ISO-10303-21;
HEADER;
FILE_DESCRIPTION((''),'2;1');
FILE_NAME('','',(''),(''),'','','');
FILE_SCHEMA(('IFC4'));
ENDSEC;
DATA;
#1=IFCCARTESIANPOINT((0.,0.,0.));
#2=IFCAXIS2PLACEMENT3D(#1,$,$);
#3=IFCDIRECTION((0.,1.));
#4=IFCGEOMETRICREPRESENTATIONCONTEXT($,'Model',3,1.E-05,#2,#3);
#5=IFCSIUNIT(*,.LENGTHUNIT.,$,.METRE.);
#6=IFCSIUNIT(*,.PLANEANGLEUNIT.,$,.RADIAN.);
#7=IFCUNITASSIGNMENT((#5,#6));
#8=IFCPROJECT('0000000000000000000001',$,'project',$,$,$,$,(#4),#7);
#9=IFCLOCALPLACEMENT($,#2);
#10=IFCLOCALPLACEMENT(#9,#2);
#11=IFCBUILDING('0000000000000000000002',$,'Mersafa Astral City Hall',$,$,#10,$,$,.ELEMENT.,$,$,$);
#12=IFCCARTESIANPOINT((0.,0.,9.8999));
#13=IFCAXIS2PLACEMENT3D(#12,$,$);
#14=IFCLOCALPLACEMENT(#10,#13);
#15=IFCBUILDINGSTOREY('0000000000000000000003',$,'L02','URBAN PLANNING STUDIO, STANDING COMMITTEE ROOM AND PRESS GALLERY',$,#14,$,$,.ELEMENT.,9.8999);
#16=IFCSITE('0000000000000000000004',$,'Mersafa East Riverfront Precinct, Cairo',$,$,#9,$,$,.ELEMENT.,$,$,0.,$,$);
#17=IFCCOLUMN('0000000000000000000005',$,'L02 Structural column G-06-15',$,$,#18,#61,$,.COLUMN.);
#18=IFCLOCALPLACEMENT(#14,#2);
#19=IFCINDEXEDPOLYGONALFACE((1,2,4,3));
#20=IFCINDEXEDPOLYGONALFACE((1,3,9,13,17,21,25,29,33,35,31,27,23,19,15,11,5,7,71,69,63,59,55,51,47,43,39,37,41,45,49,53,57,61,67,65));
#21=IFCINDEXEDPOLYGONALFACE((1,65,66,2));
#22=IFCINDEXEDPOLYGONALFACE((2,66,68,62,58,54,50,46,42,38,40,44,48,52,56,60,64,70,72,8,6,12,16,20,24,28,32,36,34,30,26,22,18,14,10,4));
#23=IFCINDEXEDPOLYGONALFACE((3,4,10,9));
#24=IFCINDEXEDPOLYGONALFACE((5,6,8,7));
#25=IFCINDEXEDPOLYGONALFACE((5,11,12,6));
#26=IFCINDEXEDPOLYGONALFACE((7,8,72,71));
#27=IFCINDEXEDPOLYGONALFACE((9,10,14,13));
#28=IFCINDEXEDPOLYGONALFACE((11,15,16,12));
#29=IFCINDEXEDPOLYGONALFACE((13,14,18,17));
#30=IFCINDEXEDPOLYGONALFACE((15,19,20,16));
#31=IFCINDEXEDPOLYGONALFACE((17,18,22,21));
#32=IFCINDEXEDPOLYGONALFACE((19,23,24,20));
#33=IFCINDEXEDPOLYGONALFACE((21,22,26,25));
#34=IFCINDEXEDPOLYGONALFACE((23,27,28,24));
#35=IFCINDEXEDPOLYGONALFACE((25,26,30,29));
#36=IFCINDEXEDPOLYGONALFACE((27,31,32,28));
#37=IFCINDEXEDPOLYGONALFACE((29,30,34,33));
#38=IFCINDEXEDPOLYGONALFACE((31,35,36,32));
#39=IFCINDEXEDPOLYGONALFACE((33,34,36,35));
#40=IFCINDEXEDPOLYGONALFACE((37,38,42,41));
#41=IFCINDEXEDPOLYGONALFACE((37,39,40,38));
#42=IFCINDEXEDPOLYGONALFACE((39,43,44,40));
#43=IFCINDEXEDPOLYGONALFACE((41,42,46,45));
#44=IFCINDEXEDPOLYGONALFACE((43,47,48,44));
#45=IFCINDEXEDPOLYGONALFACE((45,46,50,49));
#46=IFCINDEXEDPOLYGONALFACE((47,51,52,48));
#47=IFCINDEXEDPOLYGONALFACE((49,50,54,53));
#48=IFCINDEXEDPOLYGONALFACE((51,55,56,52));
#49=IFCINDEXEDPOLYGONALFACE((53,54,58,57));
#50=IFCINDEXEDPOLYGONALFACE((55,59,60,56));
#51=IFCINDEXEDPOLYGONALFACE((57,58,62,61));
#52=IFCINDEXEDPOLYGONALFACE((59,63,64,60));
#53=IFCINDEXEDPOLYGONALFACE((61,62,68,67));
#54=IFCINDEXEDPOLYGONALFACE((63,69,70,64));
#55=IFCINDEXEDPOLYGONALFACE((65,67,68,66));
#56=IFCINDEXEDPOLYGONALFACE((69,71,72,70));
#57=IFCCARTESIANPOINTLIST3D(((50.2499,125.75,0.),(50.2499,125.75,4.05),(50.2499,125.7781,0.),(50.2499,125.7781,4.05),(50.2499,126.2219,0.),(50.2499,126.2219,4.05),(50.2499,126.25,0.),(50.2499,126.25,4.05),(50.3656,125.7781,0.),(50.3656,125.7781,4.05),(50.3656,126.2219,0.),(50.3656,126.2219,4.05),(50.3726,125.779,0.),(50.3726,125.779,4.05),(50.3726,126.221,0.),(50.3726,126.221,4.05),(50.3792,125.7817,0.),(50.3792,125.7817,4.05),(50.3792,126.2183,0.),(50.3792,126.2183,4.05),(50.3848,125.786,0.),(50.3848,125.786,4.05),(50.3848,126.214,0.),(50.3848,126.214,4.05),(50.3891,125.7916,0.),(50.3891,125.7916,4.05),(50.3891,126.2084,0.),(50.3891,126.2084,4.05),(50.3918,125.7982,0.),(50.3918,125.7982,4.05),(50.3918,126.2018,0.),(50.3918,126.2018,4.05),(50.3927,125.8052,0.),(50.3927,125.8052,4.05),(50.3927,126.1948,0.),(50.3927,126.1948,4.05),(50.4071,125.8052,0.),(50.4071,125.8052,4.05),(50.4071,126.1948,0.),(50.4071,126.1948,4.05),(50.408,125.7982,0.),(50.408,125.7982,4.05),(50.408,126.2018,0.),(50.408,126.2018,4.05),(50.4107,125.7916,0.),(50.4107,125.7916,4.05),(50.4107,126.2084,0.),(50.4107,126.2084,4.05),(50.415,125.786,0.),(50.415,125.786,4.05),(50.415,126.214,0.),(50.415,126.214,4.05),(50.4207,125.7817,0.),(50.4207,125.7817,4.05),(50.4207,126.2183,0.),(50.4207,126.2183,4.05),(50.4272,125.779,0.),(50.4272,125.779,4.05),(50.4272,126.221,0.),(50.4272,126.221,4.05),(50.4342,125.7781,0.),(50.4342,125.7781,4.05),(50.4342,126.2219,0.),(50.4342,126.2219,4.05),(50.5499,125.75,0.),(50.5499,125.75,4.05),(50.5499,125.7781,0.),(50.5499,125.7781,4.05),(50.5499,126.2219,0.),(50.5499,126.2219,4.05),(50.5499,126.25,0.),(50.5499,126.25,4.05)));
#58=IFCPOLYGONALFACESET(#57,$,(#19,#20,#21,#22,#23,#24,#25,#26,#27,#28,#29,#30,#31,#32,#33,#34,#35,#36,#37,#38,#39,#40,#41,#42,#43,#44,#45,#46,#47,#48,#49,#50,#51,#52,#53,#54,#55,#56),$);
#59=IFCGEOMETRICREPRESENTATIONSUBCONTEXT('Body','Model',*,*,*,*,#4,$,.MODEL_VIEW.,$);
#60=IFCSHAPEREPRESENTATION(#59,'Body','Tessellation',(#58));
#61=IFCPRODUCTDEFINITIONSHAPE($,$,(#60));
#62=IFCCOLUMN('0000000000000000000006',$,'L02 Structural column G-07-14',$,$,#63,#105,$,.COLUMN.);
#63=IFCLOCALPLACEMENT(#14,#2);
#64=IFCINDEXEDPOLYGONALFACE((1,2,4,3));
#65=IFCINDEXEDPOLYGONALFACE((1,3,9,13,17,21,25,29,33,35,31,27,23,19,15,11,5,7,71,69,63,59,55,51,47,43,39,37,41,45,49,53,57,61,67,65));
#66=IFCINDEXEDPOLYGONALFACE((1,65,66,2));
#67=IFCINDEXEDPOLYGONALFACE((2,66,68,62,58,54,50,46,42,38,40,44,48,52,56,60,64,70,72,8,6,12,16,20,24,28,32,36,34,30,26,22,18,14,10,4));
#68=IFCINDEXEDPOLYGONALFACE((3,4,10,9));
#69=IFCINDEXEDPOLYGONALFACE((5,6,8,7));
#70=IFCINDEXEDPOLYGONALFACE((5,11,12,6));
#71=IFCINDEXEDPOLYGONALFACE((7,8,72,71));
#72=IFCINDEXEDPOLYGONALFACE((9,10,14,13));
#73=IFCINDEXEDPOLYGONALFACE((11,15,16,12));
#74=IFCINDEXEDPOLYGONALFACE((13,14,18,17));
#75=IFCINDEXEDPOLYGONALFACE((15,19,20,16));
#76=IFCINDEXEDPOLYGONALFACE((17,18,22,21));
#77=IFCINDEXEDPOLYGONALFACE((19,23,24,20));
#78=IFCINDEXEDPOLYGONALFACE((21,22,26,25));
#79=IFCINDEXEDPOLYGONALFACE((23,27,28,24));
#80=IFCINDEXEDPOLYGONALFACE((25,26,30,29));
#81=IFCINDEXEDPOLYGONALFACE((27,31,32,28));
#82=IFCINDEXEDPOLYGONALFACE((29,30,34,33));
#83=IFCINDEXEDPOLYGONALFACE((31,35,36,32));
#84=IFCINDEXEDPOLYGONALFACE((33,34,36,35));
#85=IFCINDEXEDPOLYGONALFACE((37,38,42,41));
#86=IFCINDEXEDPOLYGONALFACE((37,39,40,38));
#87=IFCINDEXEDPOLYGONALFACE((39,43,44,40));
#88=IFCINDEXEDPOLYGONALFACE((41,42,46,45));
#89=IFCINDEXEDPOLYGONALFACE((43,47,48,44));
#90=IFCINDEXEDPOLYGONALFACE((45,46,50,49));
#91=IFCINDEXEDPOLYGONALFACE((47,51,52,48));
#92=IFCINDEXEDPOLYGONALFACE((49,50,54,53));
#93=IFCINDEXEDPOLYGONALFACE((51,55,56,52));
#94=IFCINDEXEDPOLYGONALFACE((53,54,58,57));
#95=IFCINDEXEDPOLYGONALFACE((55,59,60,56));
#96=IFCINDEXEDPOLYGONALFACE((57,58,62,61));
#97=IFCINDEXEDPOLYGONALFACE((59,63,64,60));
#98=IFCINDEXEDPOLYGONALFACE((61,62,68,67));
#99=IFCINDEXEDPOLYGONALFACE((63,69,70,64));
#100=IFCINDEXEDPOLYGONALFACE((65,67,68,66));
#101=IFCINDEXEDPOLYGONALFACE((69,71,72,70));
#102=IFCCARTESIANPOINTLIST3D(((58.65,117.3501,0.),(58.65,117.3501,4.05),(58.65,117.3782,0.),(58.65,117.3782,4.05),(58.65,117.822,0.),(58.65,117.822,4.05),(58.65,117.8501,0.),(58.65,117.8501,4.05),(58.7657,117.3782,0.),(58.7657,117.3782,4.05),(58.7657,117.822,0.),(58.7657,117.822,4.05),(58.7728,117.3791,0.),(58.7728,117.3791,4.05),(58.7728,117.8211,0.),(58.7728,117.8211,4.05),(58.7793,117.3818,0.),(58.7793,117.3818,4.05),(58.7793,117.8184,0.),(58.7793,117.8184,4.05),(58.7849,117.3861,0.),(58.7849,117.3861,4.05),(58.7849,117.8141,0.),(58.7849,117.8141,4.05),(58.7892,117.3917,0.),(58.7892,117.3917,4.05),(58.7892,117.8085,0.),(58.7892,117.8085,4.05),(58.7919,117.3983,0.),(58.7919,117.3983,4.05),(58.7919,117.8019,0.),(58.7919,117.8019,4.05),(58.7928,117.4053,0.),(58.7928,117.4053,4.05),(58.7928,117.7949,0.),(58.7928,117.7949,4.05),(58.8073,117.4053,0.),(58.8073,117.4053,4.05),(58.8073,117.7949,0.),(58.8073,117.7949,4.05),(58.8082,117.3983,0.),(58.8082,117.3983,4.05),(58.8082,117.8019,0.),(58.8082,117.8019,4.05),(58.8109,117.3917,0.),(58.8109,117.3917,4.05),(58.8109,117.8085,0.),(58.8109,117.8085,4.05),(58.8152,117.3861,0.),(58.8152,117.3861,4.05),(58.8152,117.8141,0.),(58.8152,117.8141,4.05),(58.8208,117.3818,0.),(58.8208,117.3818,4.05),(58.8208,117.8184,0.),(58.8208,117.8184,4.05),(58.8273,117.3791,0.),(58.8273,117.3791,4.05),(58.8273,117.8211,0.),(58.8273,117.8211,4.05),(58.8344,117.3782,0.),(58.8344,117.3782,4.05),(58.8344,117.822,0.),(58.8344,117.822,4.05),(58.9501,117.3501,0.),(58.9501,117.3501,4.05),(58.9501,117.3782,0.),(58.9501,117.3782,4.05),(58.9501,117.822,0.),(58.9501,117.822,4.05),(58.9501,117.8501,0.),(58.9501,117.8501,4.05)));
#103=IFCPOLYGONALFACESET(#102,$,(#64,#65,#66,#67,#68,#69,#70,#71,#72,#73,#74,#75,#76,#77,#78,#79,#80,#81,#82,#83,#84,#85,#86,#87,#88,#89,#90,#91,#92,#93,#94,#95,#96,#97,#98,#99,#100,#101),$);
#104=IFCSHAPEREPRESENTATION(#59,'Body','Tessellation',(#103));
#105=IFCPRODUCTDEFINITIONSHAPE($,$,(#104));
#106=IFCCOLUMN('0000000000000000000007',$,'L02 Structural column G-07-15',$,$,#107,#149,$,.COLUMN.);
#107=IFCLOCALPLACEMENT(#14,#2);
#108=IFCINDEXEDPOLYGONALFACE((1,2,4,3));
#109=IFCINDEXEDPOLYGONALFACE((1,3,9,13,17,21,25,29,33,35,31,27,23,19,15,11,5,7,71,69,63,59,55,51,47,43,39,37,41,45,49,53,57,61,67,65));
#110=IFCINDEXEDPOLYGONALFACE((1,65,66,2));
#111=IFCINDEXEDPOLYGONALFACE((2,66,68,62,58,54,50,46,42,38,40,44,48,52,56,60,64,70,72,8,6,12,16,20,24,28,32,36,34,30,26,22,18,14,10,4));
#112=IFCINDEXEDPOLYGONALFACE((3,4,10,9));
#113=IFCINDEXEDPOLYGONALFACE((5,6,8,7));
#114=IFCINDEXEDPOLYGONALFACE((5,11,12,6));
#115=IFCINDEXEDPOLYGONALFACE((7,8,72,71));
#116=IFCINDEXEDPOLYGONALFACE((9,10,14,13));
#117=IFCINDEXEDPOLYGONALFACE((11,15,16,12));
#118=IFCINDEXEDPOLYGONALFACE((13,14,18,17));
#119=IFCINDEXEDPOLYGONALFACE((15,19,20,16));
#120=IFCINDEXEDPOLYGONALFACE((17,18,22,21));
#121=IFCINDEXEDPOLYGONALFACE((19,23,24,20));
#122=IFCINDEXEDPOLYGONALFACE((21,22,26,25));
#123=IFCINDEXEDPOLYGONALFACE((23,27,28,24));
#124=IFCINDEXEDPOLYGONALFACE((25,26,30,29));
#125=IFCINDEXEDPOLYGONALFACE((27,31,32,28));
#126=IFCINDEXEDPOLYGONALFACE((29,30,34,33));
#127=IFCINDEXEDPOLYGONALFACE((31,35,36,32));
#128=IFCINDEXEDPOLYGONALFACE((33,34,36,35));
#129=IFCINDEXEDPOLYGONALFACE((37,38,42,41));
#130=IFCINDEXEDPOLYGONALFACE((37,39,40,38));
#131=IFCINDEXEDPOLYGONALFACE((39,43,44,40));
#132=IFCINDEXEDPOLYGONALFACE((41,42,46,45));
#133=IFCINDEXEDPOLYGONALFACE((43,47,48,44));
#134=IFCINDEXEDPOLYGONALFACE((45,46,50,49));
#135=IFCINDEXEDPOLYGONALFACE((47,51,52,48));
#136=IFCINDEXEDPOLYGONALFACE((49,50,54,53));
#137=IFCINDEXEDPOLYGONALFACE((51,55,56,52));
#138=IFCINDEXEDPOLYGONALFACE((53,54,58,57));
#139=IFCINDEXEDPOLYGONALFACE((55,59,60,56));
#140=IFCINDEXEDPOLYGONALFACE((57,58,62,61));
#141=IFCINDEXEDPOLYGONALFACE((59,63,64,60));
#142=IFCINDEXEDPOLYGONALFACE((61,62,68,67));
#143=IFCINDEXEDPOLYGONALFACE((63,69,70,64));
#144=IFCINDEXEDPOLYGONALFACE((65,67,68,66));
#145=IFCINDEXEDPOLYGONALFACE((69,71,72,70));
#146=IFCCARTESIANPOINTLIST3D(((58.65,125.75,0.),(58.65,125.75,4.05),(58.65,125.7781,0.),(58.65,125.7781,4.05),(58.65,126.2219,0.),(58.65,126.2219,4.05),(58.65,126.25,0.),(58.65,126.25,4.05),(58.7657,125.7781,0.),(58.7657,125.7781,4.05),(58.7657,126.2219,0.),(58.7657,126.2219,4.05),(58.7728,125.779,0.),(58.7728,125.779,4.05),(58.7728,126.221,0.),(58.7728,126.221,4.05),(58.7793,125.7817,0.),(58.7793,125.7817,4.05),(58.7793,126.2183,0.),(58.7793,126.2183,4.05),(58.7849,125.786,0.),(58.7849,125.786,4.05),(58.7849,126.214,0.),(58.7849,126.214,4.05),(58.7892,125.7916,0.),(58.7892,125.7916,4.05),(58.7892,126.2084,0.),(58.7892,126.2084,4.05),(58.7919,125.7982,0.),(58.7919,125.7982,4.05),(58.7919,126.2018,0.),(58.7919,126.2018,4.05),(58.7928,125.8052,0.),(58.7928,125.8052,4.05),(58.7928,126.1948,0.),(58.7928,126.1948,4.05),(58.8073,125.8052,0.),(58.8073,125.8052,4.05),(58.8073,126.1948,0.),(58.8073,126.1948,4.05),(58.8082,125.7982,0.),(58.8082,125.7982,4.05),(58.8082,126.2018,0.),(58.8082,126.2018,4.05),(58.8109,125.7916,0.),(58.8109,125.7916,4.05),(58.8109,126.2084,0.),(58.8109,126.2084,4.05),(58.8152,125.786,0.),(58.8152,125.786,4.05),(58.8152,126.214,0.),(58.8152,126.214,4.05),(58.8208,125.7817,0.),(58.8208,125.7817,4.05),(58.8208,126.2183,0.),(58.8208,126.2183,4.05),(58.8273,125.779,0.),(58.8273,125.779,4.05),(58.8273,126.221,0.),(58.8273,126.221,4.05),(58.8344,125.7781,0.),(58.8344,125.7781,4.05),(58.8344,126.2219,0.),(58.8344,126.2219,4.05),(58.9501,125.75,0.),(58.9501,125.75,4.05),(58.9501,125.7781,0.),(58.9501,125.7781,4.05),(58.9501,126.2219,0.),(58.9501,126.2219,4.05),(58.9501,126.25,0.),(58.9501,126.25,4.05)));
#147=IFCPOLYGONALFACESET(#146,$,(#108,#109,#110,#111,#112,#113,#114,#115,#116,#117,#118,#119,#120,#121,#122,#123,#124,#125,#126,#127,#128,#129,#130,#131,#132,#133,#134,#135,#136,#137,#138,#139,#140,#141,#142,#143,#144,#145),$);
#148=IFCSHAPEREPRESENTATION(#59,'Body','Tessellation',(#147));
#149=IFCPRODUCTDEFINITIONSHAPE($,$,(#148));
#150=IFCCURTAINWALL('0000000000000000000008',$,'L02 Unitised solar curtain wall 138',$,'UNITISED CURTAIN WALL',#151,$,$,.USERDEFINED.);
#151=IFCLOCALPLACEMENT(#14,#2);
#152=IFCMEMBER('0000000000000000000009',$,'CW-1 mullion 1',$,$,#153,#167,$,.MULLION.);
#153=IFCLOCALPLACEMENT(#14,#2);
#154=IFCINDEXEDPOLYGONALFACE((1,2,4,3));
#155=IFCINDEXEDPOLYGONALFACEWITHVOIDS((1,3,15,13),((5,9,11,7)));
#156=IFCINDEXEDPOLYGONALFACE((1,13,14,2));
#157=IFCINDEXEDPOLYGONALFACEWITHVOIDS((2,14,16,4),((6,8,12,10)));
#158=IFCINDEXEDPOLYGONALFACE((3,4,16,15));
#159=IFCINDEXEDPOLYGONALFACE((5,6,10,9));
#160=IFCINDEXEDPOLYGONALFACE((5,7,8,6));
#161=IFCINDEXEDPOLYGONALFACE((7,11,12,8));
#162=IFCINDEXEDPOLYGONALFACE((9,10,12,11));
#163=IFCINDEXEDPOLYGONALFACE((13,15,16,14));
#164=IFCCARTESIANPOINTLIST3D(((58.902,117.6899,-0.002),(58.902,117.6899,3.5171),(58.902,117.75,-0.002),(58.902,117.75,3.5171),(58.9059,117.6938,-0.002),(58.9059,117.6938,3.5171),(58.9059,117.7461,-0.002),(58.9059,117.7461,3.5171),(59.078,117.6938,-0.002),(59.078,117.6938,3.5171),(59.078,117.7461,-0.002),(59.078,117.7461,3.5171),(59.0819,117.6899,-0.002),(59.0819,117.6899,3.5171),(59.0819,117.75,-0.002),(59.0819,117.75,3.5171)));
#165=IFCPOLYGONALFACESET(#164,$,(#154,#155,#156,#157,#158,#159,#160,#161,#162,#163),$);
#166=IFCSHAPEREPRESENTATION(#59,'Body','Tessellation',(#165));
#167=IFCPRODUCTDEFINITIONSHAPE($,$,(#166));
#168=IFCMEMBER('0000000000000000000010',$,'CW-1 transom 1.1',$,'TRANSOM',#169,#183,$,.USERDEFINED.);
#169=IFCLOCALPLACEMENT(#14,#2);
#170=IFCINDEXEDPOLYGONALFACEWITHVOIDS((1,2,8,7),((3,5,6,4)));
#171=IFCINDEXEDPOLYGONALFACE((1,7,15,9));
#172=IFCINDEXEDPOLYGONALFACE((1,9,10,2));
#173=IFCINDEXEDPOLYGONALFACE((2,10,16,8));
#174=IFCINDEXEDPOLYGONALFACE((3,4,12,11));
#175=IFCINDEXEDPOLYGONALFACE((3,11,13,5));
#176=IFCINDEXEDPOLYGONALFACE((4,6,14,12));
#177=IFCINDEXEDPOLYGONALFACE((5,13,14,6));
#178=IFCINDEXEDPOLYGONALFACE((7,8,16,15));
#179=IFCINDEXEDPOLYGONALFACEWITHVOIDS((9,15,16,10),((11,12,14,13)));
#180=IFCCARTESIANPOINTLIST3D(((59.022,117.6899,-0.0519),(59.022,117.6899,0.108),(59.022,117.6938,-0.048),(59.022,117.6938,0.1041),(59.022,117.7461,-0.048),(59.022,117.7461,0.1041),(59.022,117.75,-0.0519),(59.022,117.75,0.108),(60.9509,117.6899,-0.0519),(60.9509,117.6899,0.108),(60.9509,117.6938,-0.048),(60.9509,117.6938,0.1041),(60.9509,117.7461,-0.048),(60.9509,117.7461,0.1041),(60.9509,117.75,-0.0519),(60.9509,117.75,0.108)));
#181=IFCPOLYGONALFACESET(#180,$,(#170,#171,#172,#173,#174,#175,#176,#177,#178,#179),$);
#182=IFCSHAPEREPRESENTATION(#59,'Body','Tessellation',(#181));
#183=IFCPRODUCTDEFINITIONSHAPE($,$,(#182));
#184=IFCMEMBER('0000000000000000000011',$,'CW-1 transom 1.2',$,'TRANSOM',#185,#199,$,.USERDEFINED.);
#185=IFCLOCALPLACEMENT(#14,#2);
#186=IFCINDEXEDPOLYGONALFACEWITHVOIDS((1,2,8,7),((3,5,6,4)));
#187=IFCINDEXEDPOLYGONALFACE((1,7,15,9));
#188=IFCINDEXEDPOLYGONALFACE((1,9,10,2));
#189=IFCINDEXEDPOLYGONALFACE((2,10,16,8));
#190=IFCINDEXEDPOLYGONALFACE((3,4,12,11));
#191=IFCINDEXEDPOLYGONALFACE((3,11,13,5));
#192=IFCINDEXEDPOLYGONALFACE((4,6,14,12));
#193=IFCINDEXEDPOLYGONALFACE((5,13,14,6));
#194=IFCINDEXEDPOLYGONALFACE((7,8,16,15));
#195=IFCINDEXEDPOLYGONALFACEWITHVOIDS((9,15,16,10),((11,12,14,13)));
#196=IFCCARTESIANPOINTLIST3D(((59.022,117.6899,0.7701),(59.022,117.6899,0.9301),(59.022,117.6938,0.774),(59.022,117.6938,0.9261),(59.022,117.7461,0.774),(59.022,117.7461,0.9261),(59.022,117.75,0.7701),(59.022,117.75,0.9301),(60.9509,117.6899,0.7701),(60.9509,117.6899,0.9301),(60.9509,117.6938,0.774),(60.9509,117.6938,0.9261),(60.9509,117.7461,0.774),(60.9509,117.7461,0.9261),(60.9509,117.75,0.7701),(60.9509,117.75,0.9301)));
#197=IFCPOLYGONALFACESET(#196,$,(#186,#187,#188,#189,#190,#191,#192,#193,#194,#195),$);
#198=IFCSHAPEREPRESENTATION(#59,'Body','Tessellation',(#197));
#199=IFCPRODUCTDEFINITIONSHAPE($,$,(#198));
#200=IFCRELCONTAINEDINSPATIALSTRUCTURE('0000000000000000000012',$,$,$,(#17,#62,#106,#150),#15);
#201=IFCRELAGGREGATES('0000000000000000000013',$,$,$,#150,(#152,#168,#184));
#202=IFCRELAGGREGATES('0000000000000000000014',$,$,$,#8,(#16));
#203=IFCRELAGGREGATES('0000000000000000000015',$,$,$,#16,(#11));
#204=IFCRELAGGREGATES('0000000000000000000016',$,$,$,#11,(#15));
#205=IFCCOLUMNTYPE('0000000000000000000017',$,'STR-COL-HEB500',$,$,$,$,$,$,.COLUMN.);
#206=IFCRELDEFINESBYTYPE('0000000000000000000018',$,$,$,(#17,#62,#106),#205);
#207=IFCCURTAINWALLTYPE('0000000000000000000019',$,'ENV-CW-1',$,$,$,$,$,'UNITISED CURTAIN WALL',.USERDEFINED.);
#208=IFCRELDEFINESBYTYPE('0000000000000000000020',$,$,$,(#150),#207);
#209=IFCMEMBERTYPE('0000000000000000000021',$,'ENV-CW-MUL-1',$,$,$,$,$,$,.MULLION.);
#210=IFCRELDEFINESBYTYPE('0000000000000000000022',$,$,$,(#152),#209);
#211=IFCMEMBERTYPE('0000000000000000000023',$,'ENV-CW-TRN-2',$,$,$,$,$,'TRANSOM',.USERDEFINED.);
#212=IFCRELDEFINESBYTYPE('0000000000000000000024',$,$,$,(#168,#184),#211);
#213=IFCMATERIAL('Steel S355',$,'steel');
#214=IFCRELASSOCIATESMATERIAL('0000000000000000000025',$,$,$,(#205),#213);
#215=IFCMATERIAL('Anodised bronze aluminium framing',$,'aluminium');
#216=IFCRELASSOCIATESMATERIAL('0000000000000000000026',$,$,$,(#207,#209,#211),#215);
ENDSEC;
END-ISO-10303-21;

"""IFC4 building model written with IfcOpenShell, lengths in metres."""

from ifc_helpers import new_model, si_unit, direction, frame, origin, origin_2d, place, context, subcontext, project, spatial, hollow_rectangle, i_section, extrude, material, material_profile, profile_set, type_object, element, aggregate, save


model = new_model("IFC4")

# Units and contexts
model_context = context("Model", 3, precision=1e-05, world=origin(), true_north=direction((0.0, 1.0)))
body_context = subcontext(model_context, "Body", "Model", "MODEL_VIEW")
ifc_project = project(units=[si_unit("LENGTHUNIT", "METRE"), si_unit("PLANEANGLEUNIT", "RADIAN")], contexts=[model_context])

# Site, building, storey
site_placement = place(None, origin())
site = spatial("IfcSite", under=ifc_project, at=site_placement, Name="Mersafa East Riverfront Precinct, Cairo", CompositionType="ELEMENT", RefElevation=0.0)
building_placement = place(site_placement, origin())
building = spatial("IfcBuilding", under=site, at=building_placement, Name="Mersafa Astral City Hall", CompositionType="ELEMENT")
storey_placement = place(building_placement, frame((0.0, 0.0, 9.8999)))
storey = spatial("IfcBuildingStorey", under=building, at=storey_placement, Name="L02", Description="URBAN PLANNING STUDIO, STANDING COMMITTEE ROOM AND PRESS GALLERY", CompositionType="ELEMENT", Elevation=9.8999)

# Columns
ifc_material_1 = material(Name="Steel S355", Category="steel")
ifc_material_profile_1 = material_profile(ifc_material_1, i_section(OverallWidth=0.3, OverallDepth=0.5, WebThickness=0.0144, FlangeThickness=0.0281, FilletRadius=0.0271, at=origin_2d()), Name="HEB 500")
ifc_profile_set_1 = profile_set([ifc_material_profile_1], Name="Steel S355")
column_type = type_object("IfcColumnType", Name="STR-COL-HEB500", PredefinedType="COLUMN", material=ifc_profile_set_1)
for number, where, z_axis, x_axis, name in (
    (1, (50.3999, 126.0, 0.0), (0.0, 0.0, 1.0), (1.0, 0.0, 0.0), "L02 Structural column G-06-15"),
    (2, (58.8, 117.6001, 0.0), (0.0, 0.0, 1.0), (1.0, 0.0, 0.0), "L02 Structural column G-07-14"),
    (3, (58.8, 126.0, 0.0), (0.0, 0.0, 1.0), (1.0, 0.0, 0.0), "L02 Structural column G-07-15"),
):
    element("IfcColumn", number, at=place(storey_placement, frame(where, z_axis=z_axis, x_axis=x_axis)), inside=storey, type_object=column_type, Name=name, PredefinedType="COLUMN", context=body_context, shape_type="SweptSolid", body=[
        extrude(i_section(OverallWidth=0.3, OverallDepth=0.5, WebThickness=0.0144, FlangeThickness=0.0281, FilletRadius=0.0271, at=origin_2d()), origin(), (0.0, 0.0, 1.0), 4.05),
    ])

# Curtain wall, members
ifc_material_2 = material(Name="Anodised bronze aluminium framing", Category="aluminium")
curtain_wall_type = type_object("IfcCurtainWallType", Name="ENV-CW-1", ElementType="UNITISED CURTAIN WALL", PredefinedType="USERDEFINED", material=ifc_material_2)
curtain_wall_placement = place(storey_placement, origin())
curtain_wall = element("IfcCurtainWall", 4, at=curtain_wall_placement, inside=storey, type_object=curtain_wall_type, Name="L02 Unitised solar curtain wall 138", ObjectType="UNITISED CURTAIN WALL", PredefinedType="USERDEFINED")
ifc_material_profile_2 = material_profile(ifc_material_2, hollow_rectangle(XDim=0.0601, YDim=0.1799, WallThickness=0.0039, at=origin_2d()), Name="RHS 60x180x4")
ifc_profile_set_2 = profile_set([ifc_material_profile_2], Name="Anodised bronze aluminium framing")
member_type_1 = type_object("IfcMemberType", Name="ENV-CW-MUL-1", PredefinedType="MULLION", material=ifc_profile_set_2)
member_1_placement = place(storey_placement, frame((58.9919, 117.72, -0.002), z_axis=(0.0, 0.0, 1.0), x_axis=(0.0, 1.0, 0.0)))
member_1 = element("IfcMember", 5, at=member_1_placement, type_object=member_type_1, Name="CW-1 mullion 1", PredefinedType="MULLION", context=body_context, shape_type="SweptSolid", body=[
    extrude(hollow_rectangle(XDim=0.0601, YDim=0.1799, WallThickness=0.0039, at=origin_2d()), origin(), (0.0, 0.0, 1.0), 3.519),
])
ifc_material_profile_3 = material_profile(ifc_material_2, hollow_rectangle(XDim=0.0601, YDim=0.1599, WallThickness=0.0039, at=origin_2d()), Name="RHS 60x160x4")
ifc_profile_set_3 = profile_set([ifc_material_profile_3], Name="Anodised bronze aluminium framing")
member_type_2 = type_object("IfcMemberType", Name="ENV-CW-TRN-2", ElementType="TRANSOM", PredefinedType="USERDEFINED", material=ifc_profile_set_3)
member_2_placement = place(storey_placement, frame((59.022, 117.72, 0.0281), z_axis=(1.0, 0.0, 0.0), x_axis=(0.0, 1.0, 0.0)))
member_2 = element("IfcMember", 6, at=member_2_placement, type_object=member_type_2, Name="CW-1 transom 1.1", ObjectType="TRANSOM", PredefinedType="USERDEFINED", context=body_context, shape_type="SweptSolid", body=[
    extrude(hollow_rectangle(XDim=0.0601, YDim=0.1599, WallThickness=0.0039, at=origin_2d()), origin(), (0.0, 0.0, 1.0), 1.929),
])
member_3_placement = place(storey_placement, frame((59.022, 117.72, 0.8501), z_axis=(1.0, 0.0, 0.0), x_axis=(0.0, 1.0, 0.0)))
member_3 = element("IfcMember", 7, at=member_3_placement, type_object=member_type_2, Name="CW-1 transom 1.2", ObjectType="TRANSOM", PredefinedType="USERDEFINED", context=body_context, shape_type="SweptSolid", body=[
    extrude(hollow_rectangle(XDim=0.0601, YDim=0.1599, WallThickness=0.0039, at=origin_2d()), origin(), (0.0, 0.0, 1.0), 1.929),
])
aggregate(curtain_wall, [member_1, member_2, member_3])

save(model, "model.ifc")
